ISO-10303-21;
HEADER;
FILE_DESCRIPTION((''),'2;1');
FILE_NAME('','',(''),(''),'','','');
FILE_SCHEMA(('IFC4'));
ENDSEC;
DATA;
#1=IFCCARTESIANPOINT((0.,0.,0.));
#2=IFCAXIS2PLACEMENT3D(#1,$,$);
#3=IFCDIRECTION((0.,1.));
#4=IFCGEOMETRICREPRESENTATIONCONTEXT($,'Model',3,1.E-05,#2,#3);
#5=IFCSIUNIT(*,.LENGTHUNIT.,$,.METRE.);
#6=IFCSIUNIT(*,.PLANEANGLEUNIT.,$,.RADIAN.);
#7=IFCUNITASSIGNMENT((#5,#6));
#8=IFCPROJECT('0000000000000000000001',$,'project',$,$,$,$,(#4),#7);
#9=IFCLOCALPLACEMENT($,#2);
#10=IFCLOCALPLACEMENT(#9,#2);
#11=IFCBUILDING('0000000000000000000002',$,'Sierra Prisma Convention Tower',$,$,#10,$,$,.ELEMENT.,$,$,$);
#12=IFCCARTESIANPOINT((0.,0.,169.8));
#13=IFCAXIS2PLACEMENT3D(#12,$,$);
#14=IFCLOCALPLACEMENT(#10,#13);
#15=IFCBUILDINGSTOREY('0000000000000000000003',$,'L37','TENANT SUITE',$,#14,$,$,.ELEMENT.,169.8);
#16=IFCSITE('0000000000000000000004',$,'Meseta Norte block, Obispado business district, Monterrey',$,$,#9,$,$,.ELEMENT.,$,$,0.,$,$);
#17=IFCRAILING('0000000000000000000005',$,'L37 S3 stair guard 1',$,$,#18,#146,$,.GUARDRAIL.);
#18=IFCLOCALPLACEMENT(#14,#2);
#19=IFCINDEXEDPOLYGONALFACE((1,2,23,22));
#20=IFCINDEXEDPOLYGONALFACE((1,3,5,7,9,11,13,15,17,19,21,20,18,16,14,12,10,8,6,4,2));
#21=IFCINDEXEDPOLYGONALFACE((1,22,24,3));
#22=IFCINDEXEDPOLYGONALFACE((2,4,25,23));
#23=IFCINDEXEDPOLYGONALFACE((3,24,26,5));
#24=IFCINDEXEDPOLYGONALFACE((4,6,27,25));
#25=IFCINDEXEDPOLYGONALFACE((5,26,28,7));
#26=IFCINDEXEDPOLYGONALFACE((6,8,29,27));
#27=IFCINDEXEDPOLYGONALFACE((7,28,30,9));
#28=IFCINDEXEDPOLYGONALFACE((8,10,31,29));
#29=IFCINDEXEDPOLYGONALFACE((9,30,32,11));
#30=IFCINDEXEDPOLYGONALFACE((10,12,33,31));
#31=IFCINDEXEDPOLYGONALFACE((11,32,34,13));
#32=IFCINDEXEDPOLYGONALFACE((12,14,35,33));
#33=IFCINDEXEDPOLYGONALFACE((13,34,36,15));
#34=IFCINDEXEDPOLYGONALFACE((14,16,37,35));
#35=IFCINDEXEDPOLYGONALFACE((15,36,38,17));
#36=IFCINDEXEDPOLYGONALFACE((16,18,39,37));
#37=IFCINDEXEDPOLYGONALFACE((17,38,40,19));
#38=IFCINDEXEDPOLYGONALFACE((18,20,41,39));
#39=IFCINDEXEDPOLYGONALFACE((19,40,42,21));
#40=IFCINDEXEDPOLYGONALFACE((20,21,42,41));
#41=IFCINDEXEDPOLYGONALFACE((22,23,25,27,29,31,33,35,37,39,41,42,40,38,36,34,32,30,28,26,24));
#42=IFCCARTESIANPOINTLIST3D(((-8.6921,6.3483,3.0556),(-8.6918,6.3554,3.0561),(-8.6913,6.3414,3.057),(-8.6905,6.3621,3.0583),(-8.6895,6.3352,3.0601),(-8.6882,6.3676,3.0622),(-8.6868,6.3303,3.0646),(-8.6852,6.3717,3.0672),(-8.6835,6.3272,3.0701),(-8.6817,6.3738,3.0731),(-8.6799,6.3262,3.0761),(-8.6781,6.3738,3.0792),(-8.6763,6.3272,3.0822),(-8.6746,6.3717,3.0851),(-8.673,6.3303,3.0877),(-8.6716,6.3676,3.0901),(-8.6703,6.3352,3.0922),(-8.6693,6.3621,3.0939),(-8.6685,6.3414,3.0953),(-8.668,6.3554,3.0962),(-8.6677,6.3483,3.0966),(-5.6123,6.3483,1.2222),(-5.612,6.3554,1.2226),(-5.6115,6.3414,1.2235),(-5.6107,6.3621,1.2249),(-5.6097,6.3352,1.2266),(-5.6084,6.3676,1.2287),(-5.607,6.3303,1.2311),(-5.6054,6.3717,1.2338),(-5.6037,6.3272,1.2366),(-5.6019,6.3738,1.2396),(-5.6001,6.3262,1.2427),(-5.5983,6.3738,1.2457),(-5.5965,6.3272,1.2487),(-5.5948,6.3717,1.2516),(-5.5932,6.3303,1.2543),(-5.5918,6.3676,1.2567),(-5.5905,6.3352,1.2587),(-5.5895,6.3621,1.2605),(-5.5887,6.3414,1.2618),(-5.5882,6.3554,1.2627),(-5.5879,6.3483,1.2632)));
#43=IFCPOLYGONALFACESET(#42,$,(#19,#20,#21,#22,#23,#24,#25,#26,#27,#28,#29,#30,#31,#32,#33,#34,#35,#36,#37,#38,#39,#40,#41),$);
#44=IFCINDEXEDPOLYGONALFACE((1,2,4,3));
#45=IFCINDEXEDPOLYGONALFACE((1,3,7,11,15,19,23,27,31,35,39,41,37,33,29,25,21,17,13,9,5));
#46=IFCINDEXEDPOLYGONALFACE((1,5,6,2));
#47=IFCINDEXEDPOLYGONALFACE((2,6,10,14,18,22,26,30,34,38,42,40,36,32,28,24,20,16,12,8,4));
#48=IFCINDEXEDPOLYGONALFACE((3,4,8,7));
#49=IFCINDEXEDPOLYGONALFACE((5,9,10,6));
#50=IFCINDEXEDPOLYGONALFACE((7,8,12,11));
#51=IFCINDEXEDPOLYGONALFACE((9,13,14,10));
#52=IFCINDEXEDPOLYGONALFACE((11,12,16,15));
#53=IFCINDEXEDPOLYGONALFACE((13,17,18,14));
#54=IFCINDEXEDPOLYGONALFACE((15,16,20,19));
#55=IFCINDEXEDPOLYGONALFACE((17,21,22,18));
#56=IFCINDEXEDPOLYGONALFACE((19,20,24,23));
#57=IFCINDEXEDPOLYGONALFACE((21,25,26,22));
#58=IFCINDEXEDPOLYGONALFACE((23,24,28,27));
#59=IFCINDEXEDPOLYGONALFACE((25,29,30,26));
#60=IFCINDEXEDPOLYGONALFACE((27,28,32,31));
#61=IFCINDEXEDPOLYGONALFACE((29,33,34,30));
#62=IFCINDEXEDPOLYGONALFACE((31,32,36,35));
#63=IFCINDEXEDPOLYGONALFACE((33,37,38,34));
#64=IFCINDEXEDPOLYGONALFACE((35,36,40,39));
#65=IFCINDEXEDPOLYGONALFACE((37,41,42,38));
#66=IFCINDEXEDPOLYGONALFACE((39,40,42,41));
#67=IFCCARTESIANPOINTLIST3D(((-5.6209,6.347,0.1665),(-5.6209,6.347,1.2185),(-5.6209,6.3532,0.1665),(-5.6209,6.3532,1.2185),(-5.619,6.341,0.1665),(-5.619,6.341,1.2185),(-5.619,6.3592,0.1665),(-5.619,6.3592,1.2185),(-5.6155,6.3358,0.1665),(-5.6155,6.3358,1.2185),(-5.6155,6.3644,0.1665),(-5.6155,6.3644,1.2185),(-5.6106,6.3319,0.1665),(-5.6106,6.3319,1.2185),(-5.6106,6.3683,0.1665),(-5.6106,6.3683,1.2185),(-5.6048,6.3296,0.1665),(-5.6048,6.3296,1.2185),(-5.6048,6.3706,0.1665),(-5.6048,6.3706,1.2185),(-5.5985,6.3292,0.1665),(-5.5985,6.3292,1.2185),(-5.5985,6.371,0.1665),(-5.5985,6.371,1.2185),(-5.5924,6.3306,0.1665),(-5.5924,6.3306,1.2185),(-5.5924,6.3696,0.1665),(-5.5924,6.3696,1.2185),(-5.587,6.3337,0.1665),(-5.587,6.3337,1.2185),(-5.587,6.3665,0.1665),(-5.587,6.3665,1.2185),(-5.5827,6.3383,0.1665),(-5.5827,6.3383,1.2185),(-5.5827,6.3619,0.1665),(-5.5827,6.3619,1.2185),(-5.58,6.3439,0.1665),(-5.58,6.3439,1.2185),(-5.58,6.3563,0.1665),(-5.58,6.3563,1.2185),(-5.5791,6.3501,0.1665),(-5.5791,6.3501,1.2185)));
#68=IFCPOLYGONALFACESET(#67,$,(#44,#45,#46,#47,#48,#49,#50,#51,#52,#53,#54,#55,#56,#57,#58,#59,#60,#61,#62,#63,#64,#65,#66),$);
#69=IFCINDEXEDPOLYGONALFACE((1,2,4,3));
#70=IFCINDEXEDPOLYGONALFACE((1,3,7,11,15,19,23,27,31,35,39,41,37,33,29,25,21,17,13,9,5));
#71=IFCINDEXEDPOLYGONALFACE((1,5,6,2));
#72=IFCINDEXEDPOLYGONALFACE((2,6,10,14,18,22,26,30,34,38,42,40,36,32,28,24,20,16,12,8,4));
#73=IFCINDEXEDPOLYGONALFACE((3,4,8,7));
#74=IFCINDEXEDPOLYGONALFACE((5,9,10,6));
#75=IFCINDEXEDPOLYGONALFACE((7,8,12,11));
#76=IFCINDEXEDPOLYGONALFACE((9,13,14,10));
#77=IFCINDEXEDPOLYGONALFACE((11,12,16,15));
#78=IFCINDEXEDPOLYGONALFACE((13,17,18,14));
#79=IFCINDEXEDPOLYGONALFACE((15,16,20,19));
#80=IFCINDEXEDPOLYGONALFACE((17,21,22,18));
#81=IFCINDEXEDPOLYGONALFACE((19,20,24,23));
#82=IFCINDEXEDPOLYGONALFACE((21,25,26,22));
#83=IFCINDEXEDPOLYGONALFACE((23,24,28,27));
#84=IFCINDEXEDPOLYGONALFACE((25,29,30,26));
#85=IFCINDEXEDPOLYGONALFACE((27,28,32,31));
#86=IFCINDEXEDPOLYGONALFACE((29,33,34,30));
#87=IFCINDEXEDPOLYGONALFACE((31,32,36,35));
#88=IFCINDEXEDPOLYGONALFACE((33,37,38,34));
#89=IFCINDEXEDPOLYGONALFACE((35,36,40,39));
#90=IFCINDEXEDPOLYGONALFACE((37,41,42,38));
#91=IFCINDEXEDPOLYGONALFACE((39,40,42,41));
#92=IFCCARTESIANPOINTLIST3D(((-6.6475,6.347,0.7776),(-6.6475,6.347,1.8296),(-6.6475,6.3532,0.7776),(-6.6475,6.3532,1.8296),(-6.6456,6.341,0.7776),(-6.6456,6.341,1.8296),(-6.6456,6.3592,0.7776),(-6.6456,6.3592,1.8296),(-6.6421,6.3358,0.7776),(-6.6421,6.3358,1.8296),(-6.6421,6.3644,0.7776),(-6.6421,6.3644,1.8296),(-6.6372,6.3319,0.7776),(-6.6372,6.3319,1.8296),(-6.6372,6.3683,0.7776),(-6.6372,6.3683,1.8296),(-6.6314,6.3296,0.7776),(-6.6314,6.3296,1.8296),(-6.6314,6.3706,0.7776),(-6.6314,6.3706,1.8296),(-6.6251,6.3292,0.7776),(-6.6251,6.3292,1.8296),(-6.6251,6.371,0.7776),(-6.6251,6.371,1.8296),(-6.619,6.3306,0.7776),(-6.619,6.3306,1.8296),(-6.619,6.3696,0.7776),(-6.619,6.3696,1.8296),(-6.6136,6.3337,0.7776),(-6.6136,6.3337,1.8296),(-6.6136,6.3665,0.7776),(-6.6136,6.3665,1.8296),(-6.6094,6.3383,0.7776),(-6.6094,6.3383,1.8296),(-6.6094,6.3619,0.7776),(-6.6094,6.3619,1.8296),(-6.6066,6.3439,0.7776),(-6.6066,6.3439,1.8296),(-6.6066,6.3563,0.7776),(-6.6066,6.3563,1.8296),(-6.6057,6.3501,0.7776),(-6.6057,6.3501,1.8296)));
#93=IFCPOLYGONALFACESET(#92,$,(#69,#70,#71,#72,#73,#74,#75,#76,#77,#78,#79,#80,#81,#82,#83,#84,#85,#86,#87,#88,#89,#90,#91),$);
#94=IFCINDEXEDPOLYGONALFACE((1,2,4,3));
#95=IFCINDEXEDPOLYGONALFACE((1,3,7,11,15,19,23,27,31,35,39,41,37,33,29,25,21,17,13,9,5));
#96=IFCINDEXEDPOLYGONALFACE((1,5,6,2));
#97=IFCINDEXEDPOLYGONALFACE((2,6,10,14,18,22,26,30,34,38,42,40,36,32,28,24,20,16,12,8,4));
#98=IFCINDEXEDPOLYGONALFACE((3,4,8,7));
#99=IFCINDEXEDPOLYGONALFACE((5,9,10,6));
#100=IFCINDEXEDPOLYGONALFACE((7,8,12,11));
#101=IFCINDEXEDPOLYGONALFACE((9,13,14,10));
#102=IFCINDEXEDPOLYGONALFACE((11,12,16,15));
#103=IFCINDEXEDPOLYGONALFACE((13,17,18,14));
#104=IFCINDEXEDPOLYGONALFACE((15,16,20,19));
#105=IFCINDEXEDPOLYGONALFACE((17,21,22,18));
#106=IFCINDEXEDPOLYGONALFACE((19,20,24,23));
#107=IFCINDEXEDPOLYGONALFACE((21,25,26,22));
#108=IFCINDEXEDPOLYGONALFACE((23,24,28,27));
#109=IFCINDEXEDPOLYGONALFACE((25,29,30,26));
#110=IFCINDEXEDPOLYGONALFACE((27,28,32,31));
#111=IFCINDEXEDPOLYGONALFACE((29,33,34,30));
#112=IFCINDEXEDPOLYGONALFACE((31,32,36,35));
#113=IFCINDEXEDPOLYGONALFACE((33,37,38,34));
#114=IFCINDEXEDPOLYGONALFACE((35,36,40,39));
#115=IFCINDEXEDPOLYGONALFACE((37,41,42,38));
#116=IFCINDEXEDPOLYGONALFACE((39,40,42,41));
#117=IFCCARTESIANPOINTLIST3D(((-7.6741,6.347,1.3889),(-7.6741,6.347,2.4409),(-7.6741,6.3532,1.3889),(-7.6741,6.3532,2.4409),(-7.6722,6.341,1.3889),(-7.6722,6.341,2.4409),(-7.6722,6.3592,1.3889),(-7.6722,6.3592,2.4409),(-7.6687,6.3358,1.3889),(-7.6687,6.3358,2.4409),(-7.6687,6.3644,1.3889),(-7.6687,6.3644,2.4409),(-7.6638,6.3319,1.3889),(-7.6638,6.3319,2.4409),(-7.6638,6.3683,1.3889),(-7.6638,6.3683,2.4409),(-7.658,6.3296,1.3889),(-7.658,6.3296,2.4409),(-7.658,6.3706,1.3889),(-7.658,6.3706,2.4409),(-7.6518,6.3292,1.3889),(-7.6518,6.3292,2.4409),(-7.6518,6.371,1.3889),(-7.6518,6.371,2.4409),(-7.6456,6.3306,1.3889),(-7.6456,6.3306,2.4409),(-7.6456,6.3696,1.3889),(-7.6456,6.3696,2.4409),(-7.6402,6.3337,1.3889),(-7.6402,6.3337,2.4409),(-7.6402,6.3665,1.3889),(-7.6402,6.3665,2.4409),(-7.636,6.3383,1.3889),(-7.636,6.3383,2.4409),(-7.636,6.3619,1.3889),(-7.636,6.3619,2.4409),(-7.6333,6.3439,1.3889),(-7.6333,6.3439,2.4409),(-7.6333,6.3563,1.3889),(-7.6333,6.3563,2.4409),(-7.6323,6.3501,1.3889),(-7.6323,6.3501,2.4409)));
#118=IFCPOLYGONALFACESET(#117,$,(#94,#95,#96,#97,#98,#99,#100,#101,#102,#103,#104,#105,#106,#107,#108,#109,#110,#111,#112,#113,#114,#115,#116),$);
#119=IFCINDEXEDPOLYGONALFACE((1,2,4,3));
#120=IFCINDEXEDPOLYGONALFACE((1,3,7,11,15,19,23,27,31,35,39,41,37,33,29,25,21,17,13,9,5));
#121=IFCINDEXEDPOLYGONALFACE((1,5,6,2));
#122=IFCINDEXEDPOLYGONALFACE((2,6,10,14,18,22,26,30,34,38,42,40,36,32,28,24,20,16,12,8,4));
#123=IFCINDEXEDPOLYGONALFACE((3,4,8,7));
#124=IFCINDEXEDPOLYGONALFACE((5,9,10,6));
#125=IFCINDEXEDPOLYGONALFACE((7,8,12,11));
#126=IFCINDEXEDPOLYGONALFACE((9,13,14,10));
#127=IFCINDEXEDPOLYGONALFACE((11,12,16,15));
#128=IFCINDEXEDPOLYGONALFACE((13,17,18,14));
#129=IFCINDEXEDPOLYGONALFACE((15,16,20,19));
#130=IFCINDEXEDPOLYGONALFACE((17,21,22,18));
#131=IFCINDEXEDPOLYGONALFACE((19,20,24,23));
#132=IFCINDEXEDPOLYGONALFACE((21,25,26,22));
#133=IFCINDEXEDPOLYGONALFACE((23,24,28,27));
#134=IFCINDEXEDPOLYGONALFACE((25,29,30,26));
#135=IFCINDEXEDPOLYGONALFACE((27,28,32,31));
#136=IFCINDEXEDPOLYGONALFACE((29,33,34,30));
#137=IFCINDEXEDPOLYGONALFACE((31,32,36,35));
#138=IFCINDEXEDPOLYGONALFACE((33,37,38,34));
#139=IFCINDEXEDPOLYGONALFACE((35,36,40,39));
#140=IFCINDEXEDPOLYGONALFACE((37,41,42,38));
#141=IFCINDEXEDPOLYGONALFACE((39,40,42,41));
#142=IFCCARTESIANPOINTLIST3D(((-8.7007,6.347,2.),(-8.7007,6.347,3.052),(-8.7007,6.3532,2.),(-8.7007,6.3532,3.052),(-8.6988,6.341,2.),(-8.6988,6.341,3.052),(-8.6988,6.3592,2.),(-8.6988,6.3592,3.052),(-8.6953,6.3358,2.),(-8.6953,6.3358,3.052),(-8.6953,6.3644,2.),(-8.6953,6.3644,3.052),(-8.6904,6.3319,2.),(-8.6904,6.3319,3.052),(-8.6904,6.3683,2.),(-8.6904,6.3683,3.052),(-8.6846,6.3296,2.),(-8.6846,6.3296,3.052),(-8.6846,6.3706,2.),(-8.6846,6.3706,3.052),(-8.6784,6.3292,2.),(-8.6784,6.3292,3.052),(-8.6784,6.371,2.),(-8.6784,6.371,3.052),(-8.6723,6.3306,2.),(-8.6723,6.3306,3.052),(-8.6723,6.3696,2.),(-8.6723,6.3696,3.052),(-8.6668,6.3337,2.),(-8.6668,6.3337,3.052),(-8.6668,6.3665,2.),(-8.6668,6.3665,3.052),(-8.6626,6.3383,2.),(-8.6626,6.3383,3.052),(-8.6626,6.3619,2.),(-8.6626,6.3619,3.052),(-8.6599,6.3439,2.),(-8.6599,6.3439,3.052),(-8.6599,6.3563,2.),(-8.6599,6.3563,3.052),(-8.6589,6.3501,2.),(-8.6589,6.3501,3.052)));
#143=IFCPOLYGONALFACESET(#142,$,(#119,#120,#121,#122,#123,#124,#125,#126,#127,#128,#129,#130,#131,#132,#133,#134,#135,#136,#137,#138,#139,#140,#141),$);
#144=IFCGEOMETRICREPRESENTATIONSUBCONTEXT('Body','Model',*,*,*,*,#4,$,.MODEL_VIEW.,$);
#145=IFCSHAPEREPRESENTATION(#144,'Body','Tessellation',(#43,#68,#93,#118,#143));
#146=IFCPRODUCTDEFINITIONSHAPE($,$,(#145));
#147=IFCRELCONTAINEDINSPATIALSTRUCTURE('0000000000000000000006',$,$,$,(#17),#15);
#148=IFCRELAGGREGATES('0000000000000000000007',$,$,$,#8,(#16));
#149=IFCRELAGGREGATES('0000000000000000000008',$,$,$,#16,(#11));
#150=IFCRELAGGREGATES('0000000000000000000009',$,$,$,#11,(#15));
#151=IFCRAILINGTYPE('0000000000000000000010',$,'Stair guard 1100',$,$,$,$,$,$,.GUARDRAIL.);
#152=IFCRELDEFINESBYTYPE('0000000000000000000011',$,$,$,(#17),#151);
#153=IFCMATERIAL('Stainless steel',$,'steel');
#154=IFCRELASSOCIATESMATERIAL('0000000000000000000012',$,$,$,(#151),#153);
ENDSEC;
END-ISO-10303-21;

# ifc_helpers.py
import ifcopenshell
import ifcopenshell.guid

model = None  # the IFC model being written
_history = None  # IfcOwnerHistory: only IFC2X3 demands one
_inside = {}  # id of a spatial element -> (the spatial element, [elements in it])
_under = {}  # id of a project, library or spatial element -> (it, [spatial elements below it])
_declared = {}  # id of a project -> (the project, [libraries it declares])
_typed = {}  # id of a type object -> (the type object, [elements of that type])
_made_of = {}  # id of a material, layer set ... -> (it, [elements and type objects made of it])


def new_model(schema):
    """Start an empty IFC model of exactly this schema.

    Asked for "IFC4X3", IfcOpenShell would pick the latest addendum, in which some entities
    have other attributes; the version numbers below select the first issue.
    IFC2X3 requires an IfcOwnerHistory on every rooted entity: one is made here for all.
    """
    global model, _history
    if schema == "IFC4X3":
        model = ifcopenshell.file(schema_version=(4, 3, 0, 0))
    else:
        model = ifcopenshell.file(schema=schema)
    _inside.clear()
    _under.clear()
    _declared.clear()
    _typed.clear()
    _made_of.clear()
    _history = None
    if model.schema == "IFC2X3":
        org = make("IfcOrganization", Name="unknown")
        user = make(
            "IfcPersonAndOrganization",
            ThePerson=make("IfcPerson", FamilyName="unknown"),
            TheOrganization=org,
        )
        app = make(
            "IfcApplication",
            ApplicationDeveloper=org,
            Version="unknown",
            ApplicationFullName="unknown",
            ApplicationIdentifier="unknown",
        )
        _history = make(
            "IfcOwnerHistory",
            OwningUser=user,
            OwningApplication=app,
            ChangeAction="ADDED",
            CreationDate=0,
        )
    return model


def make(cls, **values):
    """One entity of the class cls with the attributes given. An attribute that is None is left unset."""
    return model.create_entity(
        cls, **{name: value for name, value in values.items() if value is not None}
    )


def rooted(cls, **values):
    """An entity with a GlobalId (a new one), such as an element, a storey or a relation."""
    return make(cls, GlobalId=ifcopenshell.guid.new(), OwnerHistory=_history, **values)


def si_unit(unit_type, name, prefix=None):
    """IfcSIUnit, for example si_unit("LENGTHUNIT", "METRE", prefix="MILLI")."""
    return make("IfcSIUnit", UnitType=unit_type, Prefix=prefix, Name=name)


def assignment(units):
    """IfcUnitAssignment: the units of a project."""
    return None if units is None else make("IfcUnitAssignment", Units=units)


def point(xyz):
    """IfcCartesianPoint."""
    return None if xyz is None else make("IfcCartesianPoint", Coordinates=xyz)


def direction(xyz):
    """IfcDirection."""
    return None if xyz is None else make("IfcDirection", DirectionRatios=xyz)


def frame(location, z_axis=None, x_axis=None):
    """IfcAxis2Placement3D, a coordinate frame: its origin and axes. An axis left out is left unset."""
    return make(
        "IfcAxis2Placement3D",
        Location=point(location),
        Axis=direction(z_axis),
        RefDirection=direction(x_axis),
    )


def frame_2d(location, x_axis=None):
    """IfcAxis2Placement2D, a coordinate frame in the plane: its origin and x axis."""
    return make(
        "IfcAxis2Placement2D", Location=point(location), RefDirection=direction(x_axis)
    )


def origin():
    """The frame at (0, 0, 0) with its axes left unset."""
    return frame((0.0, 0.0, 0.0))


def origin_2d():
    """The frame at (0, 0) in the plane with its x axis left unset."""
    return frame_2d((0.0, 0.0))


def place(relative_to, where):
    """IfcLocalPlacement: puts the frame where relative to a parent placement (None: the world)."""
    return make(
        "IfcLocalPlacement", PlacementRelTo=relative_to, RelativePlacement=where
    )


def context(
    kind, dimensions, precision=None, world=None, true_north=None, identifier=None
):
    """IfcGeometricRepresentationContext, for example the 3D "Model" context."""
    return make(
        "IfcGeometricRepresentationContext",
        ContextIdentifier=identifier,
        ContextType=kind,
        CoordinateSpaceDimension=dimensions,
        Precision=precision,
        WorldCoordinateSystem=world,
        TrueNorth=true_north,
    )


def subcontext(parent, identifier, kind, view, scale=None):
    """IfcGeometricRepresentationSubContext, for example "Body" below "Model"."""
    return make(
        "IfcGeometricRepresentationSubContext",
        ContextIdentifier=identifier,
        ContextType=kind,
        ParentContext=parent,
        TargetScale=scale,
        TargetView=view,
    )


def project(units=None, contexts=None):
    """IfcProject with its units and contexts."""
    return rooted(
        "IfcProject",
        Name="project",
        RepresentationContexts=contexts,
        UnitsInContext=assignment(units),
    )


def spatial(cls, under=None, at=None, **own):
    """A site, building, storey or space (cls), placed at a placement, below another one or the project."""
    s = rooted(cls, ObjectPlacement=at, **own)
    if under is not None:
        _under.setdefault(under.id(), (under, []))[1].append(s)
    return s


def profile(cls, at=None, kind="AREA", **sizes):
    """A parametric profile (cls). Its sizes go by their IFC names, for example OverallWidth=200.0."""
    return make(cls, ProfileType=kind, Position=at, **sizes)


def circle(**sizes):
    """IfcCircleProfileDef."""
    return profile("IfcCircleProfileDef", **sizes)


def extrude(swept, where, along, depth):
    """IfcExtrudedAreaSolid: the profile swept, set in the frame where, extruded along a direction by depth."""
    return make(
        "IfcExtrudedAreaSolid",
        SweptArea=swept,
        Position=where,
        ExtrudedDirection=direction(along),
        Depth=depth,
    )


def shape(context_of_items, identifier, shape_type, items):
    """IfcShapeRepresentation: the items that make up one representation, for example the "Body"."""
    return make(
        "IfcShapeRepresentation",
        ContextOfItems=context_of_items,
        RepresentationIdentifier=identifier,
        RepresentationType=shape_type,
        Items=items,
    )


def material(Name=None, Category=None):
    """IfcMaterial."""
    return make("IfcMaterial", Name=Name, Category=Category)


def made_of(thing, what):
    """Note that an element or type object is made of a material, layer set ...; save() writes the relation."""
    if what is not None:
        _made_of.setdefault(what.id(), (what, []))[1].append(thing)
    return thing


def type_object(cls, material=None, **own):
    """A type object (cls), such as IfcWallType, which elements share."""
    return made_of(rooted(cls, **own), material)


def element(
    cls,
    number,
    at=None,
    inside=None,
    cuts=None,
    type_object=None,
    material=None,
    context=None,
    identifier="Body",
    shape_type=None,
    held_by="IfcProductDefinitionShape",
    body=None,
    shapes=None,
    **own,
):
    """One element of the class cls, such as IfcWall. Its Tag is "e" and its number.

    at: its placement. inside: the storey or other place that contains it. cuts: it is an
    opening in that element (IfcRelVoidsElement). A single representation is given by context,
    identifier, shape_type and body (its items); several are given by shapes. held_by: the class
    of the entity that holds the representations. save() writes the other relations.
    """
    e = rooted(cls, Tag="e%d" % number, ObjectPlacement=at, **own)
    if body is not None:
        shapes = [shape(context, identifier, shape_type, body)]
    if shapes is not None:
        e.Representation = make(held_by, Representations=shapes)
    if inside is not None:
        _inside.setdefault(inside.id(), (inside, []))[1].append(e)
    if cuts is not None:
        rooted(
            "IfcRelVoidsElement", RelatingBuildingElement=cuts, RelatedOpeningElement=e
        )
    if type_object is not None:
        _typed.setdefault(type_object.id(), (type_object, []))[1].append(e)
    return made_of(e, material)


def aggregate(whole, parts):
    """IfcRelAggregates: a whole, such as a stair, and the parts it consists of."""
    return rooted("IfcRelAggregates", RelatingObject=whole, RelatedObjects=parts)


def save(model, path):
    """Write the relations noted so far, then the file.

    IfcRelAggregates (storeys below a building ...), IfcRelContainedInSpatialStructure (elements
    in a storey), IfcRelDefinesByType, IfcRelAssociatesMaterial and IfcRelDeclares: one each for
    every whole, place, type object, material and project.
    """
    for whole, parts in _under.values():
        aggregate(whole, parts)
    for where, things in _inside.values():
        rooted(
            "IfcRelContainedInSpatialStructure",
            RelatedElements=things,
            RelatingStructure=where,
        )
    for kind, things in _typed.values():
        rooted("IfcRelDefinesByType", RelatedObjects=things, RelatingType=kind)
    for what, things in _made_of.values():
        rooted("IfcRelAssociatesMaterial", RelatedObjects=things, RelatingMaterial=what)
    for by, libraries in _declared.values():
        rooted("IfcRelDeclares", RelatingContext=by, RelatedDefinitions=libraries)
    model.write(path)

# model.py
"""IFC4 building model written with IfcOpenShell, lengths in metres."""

from ifc_helpers import new_model, si_unit, direction, frame, origin, origin_2d, place, context, subcontext, project, spatial, circle, extrude, material, type_object, element, save


model = new_model("IFC4")

# Units and contexts
model_context = context("Model", 3, precision=1e-05, world=origin(), true_north=direction((0.0, 1.0)))
body_context = subcontext(model_context, "Body", "Model", "MODEL_VIEW")
ifc_project = project(units=[si_unit("LENGTHUNIT", "METRE"), si_unit("PLANEANGLEUNIT", "RADIAN")], contexts=[model_context])

# Site, building, storey
site_placement = place(None, origin())
site = spatial("IfcSite", under=ifc_project, at=site_placement, Name="Meseta Norte block, Obispado business district, Monterrey", CompositionType="ELEMENT", RefElevation=0.0)
building_placement = place(site_placement, origin())
building = spatial("IfcBuilding", under=site, at=building_placement, Name="Sierra Prisma Convention Tower", CompositionType="ELEMENT")
storey_placement = place(building_placement, frame((0.0, 0.0, 169.8)))
storey = spatial("IfcBuildingStorey", under=building, at=storey_placement, Name="L37", Description="TENANT SUITE", CompositionType="ELEMENT", Elevation=169.8)

# Railing
ifc_material_1 = material(Name="Stainless steel", Category="steel")
railing_type = type_object("IfcRailingType", Name="Stair guard 1100", PredefinedType="GUARDRAIL", material=ifc_material_1)
railing_1_placement = place(storey_placement, frame((-5.6001, 6.3501, 0.1665)))
element("IfcRailing", 1, at=railing_1_placement, inside=storey, type_object=railing_type, Name="L37 S3 stair guard 1", PredefinedType="GUARDRAIL", context=body_context, shape_type="SweptSolid", body=[
    extrude(circle(Radius=0.0239, at=origin_2d()), frame((0.0, 0.0, 1.0762), z_axis=(-0.859261, 0.0, 0.511538), x_axis=(0.0, -1.0, 0.0)), (0.0, 0.0, 1.0), 3.5842),
    extrude(circle(Radius=0.021, at=origin_2d()), origin(), (0.0, 0.0, 1.0), 1.052),
    extrude(circle(Radius=0.021, at=origin_2d()), frame((-1.0266, 0.0, 0.6111)), (0.0, 0.0, 1.0), 1.052),
    extrude(circle(Radius=0.021, at=origin_2d()), frame((-2.0532, 0.0, 1.2224)), (0.0, 0.0, 1.0), 1.052),
    extrude(circle(Radius=0.021, at=origin_2d()), frame((-3.0798, 0.0, 1.8335)), (0.0, 0.0, 1.0), 1.052),
])

save(model, "model.ifc")
